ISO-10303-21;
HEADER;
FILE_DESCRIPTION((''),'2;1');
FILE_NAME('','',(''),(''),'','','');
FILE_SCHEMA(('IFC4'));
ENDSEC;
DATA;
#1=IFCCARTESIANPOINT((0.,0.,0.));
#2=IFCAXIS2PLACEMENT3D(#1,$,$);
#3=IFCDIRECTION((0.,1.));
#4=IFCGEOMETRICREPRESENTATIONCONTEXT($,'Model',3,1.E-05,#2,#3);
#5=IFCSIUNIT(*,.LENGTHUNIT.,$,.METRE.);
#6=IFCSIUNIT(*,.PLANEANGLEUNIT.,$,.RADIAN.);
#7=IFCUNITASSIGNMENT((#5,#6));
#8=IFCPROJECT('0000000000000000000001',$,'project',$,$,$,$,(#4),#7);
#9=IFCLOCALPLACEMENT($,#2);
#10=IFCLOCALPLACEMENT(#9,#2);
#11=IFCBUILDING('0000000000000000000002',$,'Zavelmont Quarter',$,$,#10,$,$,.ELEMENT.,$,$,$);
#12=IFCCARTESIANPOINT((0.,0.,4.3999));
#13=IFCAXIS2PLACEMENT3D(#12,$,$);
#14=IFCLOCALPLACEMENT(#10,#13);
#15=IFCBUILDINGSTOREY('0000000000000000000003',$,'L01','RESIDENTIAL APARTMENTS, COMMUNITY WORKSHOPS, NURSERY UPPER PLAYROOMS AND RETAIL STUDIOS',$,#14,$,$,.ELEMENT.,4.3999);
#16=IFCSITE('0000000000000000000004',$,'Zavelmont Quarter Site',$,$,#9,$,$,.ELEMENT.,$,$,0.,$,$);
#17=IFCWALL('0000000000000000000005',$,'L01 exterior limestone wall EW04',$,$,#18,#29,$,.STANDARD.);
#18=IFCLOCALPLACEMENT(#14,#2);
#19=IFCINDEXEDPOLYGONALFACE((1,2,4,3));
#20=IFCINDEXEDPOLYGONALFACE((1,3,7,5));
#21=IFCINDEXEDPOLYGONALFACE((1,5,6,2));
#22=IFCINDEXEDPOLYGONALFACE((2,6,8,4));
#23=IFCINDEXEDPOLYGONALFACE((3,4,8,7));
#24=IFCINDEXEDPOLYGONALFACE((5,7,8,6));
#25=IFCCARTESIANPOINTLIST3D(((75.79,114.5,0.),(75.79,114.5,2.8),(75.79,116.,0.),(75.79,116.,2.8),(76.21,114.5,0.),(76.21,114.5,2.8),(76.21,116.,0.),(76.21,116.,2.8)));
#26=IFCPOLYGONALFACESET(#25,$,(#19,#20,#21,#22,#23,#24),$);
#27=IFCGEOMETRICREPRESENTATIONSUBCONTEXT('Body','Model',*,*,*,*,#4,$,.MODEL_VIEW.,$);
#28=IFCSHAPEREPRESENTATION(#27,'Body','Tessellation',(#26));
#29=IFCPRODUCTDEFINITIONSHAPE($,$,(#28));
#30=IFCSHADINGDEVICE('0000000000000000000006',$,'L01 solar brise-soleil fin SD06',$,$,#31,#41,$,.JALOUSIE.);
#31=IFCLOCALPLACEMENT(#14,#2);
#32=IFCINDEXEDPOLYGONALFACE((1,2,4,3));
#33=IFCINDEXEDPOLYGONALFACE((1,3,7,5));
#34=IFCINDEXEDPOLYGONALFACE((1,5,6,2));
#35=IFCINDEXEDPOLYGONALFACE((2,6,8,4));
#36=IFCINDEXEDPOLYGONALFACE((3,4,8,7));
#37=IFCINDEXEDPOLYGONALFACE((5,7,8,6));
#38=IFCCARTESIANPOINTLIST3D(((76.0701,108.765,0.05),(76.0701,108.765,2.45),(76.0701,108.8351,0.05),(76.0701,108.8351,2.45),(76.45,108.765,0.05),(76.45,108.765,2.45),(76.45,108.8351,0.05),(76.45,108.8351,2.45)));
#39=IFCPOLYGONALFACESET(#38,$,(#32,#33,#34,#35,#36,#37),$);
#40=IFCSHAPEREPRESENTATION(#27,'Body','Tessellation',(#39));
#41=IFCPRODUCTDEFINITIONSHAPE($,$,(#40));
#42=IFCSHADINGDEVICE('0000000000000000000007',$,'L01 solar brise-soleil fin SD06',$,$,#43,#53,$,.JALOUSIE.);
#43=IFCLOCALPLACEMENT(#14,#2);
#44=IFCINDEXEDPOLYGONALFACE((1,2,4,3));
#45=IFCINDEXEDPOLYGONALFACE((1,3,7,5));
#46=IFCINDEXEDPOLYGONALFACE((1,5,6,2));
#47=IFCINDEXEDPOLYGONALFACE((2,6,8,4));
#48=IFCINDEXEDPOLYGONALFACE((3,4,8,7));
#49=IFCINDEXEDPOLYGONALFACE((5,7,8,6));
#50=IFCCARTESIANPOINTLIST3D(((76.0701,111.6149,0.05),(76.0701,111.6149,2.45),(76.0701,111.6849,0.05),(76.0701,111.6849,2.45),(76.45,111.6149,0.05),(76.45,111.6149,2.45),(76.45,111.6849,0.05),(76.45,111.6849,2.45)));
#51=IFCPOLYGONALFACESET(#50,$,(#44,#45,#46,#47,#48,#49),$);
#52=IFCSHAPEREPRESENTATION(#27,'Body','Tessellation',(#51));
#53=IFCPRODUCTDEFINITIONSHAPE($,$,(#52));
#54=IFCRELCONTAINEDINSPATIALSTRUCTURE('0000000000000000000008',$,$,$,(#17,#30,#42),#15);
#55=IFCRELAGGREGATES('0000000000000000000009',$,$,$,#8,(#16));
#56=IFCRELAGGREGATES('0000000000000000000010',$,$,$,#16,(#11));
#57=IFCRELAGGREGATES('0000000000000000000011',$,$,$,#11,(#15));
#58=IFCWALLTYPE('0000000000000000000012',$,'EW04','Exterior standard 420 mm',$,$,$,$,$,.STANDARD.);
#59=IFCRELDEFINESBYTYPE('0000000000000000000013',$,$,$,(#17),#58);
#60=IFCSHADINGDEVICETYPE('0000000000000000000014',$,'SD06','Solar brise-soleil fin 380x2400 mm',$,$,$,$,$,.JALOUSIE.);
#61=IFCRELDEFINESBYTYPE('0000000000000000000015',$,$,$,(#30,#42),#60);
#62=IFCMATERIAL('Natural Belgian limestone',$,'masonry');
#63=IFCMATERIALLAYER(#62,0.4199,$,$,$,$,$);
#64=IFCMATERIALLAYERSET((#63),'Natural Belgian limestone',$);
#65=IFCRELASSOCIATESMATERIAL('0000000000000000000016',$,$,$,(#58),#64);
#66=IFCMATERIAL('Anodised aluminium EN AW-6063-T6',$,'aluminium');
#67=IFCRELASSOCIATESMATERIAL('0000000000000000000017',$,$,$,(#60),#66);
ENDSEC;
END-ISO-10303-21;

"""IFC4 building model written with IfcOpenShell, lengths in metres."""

from ifc_helpers import new_model, si_unit, direction, frame, frame_2d, origin, origin_2d, place, context, subcontext, project, spatial, rectangle, extrude, material, layer, layer_set, type_object, element, save


model = new_model("IFC4")

# Units and contexts
model_context = context("Model", 3, precision=1e-05, world=origin(), true_north=direction((0.0, 1.0)))
body_context = subcontext(model_context, "Body", "Model", "MODEL_VIEW")
ifc_project = project(units=[si_unit("LENGTHUNIT", "METRE"), si_unit("PLANEANGLEUNIT", "RADIAN")], contexts=[model_context])

# Site, building, storey
site_placement = place(None, origin())
site = spatial("IfcSite", under=ifc_project, at=site_placement, Name="Zavelmont Quarter Site", CompositionType="ELEMENT", RefElevation=0.0)
building_placement = place(site_placement, origin())
building = spatial("IfcBuilding", under=site, at=building_placement, Name="Zavelmont Quarter", CompositionType="ELEMENT")
storey_placement = place(building_placement, frame((0.0, 0.0, 4.3999)))
storey = spatial("IfcBuildingStorey", under=building, at=storey_placement, Name="L01", Description="RESIDENTIAL APARTMENTS, COMMUNITY WORKSHOPS, NURSERY UPPER PLAYROOMS AND RETAIL STUDIOS", CompositionType="ELEMENT", Elevation=4.3999)

# Wall
ifc_material_1 = material(Name="Natural Belgian limestone", Category="masonry")
ifc_layer_1 = layer(ifc_material_1, 0.4199)
ifc_layer_set_1 = layer_set([ifc_layer_1], Name="Natural Belgian limestone")
wall_type = type_object("IfcWallType", Name="EW04", Description="Exterior standard 420 mm", PredefinedType="STANDARD", material=ifc_layer_set_1)
wall_1_placement = place(storey_placement, frame((76.0, 114.5, 0.0), z_axis=(0.0, 0.0, 1.0), x_axis=(0.0, 1.0, 0.0)))
element("IfcWall", 1, at=wall_1_placement, inside=storey, type_object=wall_type, Name="L01 exterior limestone wall EW04", PredefinedType="STANDARD", context=body_context, shape_type="SweptSolid", body=[
    extrude(rectangle(XDim=1.5, YDim=0.4199, at=frame_2d((0.75, 0.0))), origin(), (0.0, 0.0, 1.0), 2.8),
])

# Shading devices
ifc_material_2 = material(Name="Anodised aluminium EN AW-6063-T6", Category="aluminium")
shading_device_type = type_object("IfcShadingDeviceType", Name="SD06", Description="Solar brise-soleil fin 380x2400 mm", PredefinedType="JALOUSIE", material=ifc_material_2)
for number, where, z_axis, x_axis, name in (
    (2, (76.26, 108.8, 0.05), (0.0, 0.0, 1.0), (0.0, 1.0, 0.0), "L01 solar brise-soleil fin SD06"),
    (3, (76.26, 111.6499, 0.05), (0.0, 0.0, 1.0), (0.0, 1.0, 0.0), "L01 solar brise-soleil fin SD06"),
):
    element("IfcShadingDevice", number, at=place(storey_placement, frame(where, z_axis=z_axis, x_axis=x_axis)), inside=storey, type_object=shading_device_type, Name=name, PredefinedType="JALOUSIE", context=body_context, shape_type="SweptSolid", body=[
        extrude(rectangle(XDim=0.0701, YDim=0.3799, at=origin_2d()), origin(), (0.0, 0.0, 1.0), 2.3999),
    ])

save(model, "model.ifc")
